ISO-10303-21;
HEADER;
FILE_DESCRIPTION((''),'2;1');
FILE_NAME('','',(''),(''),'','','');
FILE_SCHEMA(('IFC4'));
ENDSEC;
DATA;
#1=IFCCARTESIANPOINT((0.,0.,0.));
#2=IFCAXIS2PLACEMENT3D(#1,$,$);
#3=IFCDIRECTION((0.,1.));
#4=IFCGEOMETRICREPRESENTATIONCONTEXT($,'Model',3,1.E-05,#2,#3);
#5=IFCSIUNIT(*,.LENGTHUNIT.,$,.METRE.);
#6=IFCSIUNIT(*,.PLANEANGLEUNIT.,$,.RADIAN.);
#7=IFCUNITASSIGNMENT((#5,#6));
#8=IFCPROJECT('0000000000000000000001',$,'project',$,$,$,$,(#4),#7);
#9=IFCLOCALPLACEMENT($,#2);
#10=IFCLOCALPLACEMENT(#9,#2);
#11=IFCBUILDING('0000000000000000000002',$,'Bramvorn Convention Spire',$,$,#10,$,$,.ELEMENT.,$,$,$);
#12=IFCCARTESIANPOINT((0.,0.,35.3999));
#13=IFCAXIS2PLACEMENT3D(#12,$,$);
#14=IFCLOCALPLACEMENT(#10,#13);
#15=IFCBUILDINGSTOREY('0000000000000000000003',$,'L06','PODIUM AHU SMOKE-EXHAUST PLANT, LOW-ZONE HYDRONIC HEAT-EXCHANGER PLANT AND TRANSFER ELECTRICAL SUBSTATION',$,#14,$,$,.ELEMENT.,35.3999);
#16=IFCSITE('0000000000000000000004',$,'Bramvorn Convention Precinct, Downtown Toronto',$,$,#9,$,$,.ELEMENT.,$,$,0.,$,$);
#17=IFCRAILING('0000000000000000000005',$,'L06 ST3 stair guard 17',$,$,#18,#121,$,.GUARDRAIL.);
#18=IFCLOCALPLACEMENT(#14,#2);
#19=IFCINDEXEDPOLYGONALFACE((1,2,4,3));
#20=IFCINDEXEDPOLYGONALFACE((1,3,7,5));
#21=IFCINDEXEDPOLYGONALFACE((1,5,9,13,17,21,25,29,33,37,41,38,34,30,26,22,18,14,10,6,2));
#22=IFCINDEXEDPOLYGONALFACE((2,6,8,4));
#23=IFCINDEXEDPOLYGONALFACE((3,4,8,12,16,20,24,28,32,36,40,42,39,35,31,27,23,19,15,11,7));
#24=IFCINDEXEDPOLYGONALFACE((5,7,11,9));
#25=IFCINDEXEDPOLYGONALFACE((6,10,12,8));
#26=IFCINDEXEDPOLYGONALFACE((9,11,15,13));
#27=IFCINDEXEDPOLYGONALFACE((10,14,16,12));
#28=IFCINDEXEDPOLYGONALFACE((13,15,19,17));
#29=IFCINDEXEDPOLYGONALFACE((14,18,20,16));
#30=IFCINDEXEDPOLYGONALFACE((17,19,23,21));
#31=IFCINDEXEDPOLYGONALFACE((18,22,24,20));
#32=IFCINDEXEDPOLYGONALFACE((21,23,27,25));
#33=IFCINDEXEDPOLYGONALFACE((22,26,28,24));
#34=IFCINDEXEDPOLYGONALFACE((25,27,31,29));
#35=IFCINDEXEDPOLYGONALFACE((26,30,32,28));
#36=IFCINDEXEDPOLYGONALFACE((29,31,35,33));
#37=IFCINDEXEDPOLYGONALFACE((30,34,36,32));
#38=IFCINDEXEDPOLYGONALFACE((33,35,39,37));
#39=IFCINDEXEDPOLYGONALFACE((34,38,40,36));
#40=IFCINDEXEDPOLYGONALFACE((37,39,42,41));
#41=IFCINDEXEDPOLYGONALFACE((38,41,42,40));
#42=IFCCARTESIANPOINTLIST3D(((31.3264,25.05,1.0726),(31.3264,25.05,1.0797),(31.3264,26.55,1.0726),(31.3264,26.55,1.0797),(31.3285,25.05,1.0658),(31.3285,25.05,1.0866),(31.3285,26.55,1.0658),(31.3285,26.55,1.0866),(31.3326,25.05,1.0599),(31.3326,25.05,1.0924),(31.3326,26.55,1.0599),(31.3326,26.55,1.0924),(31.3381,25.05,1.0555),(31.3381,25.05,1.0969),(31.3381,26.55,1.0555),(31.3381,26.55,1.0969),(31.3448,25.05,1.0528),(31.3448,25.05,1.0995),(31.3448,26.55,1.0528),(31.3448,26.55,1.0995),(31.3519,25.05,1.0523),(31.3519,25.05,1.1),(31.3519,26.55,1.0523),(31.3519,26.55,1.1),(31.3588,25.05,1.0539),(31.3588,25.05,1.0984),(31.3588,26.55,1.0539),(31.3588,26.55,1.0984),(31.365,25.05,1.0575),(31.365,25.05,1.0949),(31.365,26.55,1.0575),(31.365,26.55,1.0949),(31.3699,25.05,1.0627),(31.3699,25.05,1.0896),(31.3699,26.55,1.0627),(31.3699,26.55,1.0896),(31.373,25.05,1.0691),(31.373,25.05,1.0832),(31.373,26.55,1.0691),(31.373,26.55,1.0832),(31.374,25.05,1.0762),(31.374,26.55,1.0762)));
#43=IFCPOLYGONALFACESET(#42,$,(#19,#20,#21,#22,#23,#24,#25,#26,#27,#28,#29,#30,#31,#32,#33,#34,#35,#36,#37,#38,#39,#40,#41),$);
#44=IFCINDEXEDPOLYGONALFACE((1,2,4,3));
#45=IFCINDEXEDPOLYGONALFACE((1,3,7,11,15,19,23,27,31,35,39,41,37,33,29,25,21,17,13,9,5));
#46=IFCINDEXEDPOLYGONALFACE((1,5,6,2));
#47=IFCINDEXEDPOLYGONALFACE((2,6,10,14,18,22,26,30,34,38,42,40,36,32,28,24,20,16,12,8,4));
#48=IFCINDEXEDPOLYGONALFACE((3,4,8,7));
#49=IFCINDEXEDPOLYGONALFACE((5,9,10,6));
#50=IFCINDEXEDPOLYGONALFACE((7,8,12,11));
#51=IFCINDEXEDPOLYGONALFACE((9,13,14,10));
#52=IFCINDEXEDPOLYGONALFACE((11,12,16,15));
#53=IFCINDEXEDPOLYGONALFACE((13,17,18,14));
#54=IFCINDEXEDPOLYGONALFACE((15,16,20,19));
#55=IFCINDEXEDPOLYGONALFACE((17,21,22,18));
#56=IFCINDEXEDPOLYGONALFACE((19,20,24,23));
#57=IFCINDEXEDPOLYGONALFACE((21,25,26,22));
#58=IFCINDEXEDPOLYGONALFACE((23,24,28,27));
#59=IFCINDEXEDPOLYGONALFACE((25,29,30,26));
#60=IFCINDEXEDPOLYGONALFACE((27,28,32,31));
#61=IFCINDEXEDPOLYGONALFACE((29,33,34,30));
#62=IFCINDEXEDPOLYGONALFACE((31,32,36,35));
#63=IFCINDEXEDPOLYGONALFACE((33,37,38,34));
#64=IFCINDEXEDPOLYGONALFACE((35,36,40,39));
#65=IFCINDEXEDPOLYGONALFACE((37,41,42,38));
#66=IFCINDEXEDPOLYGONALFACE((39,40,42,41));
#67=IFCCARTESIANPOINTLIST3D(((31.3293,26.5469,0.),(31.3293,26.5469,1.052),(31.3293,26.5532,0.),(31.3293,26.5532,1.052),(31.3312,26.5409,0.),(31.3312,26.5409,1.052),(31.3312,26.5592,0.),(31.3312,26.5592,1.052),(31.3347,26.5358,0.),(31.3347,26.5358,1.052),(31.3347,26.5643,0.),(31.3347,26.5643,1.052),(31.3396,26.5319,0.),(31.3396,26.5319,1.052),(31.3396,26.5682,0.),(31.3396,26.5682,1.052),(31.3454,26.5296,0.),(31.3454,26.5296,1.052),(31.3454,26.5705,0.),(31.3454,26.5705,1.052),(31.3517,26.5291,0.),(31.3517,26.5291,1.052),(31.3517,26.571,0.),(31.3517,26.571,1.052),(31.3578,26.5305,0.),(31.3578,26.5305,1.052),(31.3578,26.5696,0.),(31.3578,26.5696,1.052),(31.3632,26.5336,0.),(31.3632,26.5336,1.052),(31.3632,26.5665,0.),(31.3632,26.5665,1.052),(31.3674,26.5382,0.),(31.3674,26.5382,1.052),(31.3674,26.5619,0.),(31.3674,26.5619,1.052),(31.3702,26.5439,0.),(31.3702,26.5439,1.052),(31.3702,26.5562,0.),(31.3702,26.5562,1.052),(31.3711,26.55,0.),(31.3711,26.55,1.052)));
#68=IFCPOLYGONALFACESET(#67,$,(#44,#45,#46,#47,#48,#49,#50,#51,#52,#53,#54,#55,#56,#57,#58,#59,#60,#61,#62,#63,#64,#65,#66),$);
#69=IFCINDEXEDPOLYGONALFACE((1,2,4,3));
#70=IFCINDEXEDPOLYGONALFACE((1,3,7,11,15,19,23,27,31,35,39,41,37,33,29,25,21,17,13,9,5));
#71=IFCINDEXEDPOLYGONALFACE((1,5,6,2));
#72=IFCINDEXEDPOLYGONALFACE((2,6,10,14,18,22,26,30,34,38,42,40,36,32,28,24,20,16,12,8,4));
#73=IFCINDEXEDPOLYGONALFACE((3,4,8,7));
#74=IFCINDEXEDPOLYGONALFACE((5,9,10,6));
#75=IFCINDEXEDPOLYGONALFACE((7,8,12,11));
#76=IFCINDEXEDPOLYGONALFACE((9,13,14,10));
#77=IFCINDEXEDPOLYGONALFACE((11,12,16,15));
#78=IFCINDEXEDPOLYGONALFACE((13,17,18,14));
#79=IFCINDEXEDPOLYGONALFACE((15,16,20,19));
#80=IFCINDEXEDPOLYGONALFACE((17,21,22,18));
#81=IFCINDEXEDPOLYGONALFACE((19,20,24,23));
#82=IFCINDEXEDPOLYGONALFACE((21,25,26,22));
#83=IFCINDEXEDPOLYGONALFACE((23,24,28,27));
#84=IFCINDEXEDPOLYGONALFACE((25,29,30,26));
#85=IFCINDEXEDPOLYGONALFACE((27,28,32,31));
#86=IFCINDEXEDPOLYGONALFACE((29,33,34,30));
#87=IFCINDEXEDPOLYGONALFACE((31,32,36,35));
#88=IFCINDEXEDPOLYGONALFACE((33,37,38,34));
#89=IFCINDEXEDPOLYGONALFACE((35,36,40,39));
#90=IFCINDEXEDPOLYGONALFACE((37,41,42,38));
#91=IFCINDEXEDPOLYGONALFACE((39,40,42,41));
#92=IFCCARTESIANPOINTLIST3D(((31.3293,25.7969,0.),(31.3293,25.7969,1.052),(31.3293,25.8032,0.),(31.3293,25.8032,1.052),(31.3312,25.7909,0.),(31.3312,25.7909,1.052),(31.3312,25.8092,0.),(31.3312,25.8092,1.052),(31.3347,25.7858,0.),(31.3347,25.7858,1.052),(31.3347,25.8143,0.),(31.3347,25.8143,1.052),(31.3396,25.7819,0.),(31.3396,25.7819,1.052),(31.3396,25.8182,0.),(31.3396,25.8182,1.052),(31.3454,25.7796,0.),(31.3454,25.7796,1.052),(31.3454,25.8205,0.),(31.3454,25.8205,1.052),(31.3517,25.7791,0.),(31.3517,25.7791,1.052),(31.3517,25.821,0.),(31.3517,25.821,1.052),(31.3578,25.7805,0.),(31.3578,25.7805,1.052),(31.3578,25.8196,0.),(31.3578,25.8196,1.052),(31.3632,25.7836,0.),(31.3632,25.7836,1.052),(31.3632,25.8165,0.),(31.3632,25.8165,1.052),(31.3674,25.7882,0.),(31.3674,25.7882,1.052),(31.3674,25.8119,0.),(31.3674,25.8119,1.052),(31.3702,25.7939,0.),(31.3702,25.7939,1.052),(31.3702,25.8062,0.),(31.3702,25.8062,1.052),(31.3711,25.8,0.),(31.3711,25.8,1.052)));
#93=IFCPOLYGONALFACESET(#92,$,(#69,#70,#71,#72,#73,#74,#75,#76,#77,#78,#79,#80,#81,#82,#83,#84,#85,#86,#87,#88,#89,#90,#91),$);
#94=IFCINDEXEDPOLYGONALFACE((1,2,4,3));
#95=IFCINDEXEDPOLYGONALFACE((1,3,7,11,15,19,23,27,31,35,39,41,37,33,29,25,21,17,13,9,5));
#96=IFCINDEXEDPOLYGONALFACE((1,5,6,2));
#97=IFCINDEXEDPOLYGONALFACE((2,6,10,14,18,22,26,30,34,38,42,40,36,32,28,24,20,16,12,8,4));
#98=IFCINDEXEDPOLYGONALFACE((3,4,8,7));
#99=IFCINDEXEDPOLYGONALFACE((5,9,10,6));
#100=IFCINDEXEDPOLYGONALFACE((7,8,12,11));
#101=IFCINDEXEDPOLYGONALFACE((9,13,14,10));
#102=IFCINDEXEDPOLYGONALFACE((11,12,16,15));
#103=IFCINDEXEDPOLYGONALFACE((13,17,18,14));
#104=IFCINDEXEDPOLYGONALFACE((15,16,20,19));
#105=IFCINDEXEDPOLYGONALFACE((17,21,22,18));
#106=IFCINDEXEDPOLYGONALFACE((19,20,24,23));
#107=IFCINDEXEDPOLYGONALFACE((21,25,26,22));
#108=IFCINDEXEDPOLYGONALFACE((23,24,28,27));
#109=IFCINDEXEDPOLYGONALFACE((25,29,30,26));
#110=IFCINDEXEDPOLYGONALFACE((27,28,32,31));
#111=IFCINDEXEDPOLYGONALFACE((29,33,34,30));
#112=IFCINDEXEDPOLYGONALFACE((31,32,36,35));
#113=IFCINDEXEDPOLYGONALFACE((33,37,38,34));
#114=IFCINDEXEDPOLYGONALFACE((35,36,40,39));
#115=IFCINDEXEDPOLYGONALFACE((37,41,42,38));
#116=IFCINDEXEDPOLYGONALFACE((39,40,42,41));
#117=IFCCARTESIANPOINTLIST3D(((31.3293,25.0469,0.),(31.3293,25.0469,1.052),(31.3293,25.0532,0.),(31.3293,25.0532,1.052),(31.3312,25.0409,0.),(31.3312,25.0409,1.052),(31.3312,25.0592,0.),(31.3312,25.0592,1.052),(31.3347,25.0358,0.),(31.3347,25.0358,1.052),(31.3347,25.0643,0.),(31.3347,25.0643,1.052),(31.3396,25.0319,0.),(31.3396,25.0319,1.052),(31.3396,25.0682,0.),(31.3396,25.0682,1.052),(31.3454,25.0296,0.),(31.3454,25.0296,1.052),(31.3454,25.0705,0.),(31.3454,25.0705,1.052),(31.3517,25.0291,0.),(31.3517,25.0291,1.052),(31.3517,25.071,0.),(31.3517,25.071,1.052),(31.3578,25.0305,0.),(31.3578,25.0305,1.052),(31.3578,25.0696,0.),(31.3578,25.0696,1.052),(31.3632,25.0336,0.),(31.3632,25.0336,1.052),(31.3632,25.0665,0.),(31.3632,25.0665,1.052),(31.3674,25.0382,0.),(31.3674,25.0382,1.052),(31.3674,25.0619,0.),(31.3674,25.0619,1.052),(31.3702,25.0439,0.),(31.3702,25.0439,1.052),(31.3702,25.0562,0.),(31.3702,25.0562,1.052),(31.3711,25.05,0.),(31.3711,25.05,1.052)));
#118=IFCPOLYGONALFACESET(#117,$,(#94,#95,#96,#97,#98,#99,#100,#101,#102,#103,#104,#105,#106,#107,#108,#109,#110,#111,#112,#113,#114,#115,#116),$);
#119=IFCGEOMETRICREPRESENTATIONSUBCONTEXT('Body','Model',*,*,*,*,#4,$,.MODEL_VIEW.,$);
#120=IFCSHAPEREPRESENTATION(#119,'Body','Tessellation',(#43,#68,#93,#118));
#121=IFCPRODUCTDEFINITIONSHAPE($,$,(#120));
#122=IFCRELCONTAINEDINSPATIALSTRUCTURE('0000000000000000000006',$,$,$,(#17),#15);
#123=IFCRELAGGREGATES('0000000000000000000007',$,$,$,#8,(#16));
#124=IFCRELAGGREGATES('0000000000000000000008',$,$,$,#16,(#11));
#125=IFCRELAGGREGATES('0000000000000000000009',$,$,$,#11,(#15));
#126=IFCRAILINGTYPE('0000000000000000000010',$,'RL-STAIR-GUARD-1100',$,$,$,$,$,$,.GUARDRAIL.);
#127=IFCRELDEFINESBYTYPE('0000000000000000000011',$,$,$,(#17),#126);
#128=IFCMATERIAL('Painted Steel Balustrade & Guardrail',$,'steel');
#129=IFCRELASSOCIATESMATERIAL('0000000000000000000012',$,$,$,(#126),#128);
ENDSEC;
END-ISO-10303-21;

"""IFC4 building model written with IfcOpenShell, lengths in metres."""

from ifc_helpers import new_model, si_unit, direction, frame, origin, origin_2d, place, context, subcontext, project, spatial, circle, extrude, material, type_object, element, save


model = new_model("IFC4")

# Units and contexts
model_context = context("Model", 3, precision=1e-05, world=origin(), true_north=direction((0.0, 1.0)))
body_context = subcontext(model_context, "Body", "Model", "MODEL_VIEW")
ifc_project = project(units=[si_unit("LENGTHUNIT", "METRE"), si_unit("PLANEANGLEUNIT", "RADIAN")], contexts=[model_context])

# Site, building, storey
site_placement = place(None, origin())
site = spatial("IfcSite", under=ifc_project, at=site_placement, Name="Bramvorn Convention Precinct, Downtown Toronto", CompositionType="ELEMENT", RefElevation=0.0)
building_placement = place(site_placement, origin())
building = spatial("IfcBuilding", under=site, at=building_placement, Name="Bramvorn Convention Spire", CompositionType="ELEMENT")
storey_placement = place(building_placement, frame((0.0, 0.0, 35.3999)))
storey = spatial("IfcBuildingStorey", under=building, at=storey_placement, Name="L06", Description="PODIUM AHU SMOKE-EXHAUST PLANT, LOW-ZONE HYDRONIC HEAT-EXCHANGER PLANT AND TRANSFER ELECTRICAL SUBSTATION", CompositionType="ELEMENT", Elevation=35.3999)

# Railing
ifc_material_1 = material(Name="Painted Steel Balustrade & Guardrail", Category="steel")
railing_type_1 = type_object("IfcRailingType", Name="RL-STAIR-GUARD-1100", PredefinedType="GUARDRAIL", material=ifc_material_1)
railing_1_placement = place(storey_placement, frame((31.3501, 26.55, 0.0)))
element("IfcRailing", 1, at=railing_1_placement, inside=storey, type_object=railing_type_1, Name="L06 ST3 stair guard 17", PredefinedType="GUARDRAIL", context=body_context, shape_type="SweptSolid", body=[
    extrude(circle(Radius=0.0239, at=origin_2d()), frame((0.0, 0.0, 1.0762), z_axis=(0.0, -1.0, 0.0), x_axis=(1.0, 0.0, 0.0)), (0.0, 0.0, 1.0), 1.5),
    extrude(circle(Radius=0.021, at=origin_2d()), origin(), (0.0, 0.0, 1.0), 1.052),
    extrude(circle(Radius=0.021, at=origin_2d()), frame((0.0, -0.75, 0.0)), (0.0, 0.0, 1.0), 1.052),
    extrude(circle(Radius=0.021, at=origin_2d()), frame((0.0, -1.5, 0.0)), (0.0, 0.0, 1.0), 1.052),
])

save(model, "model.ifc")
